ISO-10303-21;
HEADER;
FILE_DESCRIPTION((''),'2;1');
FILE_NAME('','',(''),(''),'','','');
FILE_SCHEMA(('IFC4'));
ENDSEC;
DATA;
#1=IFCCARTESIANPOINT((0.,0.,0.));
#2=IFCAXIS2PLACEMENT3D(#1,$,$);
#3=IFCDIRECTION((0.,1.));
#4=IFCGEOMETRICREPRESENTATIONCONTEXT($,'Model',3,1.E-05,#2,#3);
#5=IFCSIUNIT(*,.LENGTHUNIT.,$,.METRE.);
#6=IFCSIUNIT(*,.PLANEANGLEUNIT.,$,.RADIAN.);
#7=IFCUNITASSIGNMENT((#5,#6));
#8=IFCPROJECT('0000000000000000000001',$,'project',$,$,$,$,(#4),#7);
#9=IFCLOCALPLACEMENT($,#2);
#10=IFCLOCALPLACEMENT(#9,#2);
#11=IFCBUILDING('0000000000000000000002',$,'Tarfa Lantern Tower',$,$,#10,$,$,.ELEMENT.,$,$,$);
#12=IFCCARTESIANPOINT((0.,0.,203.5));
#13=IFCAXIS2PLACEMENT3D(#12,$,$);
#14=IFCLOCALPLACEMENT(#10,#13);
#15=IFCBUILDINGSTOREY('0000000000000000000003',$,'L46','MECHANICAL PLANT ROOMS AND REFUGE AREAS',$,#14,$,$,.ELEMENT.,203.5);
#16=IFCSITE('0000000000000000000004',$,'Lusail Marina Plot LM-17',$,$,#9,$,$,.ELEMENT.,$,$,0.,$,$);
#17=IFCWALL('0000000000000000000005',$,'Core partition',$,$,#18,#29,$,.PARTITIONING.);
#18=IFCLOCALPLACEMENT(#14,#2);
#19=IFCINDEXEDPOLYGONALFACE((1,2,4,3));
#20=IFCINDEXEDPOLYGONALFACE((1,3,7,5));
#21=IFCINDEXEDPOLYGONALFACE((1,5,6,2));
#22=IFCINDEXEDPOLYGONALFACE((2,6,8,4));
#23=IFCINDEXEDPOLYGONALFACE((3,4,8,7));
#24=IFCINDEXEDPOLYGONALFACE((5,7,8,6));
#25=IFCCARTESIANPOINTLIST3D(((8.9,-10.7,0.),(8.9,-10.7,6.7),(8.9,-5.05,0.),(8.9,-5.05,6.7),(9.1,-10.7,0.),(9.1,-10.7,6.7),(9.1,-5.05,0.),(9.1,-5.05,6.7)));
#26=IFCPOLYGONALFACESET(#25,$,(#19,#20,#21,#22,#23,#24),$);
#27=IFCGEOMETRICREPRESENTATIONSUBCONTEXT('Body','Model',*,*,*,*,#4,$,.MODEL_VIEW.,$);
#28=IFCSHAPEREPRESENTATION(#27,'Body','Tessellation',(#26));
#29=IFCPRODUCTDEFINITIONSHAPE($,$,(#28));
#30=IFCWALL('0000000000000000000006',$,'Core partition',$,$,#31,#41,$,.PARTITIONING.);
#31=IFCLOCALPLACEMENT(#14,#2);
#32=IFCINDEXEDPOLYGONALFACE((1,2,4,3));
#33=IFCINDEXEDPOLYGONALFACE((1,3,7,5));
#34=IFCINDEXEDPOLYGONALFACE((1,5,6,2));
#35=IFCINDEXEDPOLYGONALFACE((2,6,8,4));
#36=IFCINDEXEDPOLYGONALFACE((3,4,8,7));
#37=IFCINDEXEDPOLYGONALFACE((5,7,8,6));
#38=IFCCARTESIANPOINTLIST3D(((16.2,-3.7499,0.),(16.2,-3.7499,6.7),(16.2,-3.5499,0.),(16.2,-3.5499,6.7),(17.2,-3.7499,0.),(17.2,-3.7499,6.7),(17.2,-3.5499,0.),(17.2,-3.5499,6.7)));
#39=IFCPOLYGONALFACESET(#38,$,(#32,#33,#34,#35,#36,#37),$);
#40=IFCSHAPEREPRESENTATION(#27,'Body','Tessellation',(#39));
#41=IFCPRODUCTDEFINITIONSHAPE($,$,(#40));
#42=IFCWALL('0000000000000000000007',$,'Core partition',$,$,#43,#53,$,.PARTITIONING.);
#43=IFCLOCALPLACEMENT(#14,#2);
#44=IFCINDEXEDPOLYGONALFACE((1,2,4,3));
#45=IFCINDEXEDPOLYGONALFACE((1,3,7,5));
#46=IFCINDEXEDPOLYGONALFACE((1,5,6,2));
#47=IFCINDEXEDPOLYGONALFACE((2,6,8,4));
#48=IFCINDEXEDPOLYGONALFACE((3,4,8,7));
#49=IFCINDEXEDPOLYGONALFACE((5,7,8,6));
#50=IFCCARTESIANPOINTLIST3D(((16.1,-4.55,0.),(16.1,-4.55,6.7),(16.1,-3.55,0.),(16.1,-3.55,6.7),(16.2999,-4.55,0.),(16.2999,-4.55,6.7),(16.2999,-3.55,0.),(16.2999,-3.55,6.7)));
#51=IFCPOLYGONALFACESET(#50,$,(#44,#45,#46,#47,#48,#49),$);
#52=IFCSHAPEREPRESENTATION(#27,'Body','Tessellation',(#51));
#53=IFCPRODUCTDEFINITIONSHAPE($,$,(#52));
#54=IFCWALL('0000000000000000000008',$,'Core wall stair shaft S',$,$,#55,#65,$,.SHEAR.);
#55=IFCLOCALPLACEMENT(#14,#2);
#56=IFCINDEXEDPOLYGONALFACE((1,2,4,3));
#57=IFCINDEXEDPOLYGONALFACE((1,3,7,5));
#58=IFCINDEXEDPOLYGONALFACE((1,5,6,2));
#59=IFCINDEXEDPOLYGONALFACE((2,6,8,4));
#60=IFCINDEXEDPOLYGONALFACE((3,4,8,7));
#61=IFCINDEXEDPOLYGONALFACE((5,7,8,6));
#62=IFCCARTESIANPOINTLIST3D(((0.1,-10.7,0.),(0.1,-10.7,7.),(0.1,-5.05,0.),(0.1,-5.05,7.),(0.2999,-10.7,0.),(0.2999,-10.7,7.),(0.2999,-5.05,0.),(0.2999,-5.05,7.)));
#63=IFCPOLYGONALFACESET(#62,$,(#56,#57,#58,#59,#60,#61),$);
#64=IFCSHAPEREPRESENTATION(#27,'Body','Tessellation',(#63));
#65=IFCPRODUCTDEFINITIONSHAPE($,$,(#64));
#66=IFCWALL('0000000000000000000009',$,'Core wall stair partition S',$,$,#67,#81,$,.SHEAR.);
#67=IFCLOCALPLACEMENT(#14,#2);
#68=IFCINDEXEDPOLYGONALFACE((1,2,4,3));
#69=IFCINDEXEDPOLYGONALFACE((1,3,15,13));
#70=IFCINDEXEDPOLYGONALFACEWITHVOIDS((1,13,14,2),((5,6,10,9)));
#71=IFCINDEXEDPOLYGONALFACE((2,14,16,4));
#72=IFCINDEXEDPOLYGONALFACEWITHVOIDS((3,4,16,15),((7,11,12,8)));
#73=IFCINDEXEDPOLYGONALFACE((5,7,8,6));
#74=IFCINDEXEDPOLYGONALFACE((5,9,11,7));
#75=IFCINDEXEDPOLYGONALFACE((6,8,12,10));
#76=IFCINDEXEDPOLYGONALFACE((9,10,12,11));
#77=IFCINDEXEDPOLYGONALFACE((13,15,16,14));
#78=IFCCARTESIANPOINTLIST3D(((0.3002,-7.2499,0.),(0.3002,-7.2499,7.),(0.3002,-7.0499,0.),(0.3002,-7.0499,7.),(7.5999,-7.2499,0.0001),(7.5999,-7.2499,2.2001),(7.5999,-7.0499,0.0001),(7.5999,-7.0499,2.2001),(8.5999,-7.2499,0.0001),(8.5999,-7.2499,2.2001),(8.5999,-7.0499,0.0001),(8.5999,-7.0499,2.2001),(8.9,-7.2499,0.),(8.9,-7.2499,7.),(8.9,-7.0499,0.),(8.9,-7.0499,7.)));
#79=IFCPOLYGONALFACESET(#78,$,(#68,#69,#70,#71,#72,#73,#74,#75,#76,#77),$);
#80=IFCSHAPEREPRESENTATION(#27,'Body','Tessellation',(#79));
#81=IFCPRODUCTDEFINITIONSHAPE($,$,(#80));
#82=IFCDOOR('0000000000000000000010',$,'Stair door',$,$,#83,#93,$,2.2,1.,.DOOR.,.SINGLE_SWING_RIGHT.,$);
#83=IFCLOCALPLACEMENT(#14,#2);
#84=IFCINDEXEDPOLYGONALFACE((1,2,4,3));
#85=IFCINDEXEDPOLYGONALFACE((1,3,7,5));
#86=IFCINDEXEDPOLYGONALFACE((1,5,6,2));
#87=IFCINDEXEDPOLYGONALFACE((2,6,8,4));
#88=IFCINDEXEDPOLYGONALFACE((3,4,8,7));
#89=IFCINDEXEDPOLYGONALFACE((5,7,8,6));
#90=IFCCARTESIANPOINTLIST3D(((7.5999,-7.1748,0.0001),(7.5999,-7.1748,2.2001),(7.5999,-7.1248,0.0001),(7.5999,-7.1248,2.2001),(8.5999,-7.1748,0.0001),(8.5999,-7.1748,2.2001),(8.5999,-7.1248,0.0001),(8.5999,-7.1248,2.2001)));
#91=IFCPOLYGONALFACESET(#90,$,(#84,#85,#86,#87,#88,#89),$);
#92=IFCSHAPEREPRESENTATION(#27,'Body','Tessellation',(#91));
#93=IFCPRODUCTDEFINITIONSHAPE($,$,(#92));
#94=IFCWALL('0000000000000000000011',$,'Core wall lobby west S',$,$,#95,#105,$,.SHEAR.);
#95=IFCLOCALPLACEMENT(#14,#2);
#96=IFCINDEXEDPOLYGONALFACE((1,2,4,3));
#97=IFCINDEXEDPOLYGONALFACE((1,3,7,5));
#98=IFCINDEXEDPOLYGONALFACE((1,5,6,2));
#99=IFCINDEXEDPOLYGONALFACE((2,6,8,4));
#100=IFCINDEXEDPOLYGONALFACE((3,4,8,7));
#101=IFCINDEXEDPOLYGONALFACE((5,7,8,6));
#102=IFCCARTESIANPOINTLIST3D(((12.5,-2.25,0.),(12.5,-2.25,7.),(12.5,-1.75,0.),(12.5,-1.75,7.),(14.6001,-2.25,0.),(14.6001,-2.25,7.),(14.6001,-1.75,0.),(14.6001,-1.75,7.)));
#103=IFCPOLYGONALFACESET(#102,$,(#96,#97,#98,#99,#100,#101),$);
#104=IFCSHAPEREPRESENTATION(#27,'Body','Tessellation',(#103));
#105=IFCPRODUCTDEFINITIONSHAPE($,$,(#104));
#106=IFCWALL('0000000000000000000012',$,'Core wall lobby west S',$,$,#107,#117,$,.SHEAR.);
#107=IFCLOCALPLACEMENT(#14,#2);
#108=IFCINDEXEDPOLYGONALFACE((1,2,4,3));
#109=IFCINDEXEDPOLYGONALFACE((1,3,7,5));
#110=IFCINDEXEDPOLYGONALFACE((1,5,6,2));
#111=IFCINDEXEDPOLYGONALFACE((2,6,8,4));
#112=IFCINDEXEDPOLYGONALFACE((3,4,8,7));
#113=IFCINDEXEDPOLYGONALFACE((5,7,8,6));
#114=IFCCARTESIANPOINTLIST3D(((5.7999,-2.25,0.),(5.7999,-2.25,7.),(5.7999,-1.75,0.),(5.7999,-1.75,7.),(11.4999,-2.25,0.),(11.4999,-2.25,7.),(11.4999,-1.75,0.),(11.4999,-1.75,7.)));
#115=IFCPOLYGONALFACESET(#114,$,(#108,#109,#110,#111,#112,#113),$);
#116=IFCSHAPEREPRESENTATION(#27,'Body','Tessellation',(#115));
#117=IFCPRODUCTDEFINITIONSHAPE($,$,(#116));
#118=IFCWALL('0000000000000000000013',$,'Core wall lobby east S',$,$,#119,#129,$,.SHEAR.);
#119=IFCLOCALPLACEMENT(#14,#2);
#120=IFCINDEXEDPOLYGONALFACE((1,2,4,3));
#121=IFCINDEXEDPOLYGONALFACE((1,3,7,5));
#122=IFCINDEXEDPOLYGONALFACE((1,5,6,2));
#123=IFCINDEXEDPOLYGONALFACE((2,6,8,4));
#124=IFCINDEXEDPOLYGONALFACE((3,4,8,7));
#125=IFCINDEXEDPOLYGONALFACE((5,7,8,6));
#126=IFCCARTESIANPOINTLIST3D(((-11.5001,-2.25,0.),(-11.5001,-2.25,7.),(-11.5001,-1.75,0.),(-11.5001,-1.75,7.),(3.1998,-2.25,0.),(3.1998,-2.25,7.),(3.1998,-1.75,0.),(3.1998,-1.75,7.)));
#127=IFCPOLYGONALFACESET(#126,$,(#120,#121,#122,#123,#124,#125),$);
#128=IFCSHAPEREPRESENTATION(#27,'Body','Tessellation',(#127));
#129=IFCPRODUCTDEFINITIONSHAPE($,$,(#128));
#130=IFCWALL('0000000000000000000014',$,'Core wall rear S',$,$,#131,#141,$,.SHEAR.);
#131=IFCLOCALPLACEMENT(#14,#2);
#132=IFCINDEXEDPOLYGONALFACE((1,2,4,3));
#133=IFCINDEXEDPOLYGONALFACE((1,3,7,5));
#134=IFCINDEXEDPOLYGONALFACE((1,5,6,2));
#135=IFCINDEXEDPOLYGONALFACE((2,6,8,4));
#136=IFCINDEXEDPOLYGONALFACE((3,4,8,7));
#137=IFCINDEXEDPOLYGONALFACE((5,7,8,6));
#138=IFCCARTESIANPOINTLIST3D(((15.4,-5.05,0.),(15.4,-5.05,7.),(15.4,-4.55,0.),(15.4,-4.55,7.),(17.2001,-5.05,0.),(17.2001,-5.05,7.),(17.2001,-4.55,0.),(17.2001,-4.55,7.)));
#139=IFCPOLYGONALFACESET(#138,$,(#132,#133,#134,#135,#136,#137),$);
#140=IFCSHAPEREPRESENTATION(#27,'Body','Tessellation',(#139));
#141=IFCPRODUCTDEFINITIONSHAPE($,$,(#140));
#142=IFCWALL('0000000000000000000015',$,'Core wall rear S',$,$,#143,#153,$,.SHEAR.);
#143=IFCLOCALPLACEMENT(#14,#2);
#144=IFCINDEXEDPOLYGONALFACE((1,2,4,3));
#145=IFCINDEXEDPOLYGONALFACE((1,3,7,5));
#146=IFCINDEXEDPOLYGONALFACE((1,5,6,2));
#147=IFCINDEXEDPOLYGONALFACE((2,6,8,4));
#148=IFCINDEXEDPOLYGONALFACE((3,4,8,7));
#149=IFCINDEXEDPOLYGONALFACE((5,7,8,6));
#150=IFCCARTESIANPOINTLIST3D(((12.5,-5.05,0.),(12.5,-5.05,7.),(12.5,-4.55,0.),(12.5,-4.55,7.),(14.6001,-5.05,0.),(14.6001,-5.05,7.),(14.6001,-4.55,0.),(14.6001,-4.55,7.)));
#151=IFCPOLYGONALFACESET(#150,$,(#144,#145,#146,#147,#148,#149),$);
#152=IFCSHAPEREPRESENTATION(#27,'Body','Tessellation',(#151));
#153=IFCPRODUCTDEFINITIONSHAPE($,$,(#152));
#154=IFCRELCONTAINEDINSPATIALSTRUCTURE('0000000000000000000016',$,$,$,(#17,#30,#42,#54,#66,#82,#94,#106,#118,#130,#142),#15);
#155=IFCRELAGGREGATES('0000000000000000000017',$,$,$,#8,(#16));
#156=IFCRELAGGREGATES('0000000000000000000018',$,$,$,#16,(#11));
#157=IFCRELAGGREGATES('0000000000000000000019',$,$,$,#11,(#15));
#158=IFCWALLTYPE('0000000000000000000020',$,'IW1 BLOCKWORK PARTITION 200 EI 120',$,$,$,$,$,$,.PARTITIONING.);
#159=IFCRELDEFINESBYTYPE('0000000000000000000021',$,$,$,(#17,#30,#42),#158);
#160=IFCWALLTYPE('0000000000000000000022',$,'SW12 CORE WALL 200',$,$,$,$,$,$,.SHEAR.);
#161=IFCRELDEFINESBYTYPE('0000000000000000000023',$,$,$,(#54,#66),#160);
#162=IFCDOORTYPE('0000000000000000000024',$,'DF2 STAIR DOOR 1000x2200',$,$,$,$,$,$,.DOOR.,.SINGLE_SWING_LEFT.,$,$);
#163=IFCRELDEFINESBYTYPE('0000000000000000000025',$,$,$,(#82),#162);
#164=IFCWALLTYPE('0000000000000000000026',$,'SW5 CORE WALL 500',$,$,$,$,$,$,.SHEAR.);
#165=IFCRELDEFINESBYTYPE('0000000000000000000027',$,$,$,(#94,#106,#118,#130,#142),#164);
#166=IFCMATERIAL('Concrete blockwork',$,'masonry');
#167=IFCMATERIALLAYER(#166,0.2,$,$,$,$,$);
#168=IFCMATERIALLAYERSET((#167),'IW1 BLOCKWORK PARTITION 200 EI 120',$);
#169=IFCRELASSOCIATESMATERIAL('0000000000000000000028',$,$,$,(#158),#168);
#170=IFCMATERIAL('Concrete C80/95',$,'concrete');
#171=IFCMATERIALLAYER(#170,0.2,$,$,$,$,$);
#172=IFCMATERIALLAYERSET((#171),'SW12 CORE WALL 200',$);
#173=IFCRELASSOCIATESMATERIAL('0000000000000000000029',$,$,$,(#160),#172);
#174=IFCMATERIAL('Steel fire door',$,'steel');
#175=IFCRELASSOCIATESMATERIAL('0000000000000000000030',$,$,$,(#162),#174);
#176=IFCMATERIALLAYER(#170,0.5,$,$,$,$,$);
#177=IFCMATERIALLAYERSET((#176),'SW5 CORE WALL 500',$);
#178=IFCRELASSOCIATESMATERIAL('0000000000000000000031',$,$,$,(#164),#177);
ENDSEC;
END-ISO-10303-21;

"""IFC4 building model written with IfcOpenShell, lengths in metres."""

from ifc_helpers import new_model, si_unit, direction, frame, frame_2d, origin, place, context, subcontext, project, spatial, rectangle, extrude, material, layer, layer_set, type_object, element, fill, save


model = new_model("IFC4")

# Units and contexts
model_context = context("Model", 3, precision=1e-05, world=origin(), true_north=direction((0.0, 1.0)))
body_context = subcontext(model_context, "Body", "Model", "MODEL_VIEW")
ifc_project = project(units=[si_unit("LENGTHUNIT", "METRE"), si_unit("PLANEANGLEUNIT", "RADIAN")], contexts=[model_context])

# Site, building, storey
site_placement = place(None, origin())
site = spatial("IfcSite", under=ifc_project, at=site_placement, Name="Lusail Marina Plot LM-17", CompositionType="ELEMENT", RefElevation=0.0)
building_placement = place(site_placement, origin())
building = spatial("IfcBuilding", under=site, at=building_placement, Name="Tarfa Lantern Tower", CompositionType="ELEMENT")
storey_placement = place(building_placement, frame((0.0, 0.0, 203.5)))
storey = spatial("IfcBuildingStorey", under=building, at=storey_placement, Name="L46", Description="MECHANICAL PLANT ROOMS AND REFUGE AREAS", CompositionType="ELEMENT", Elevation=203.5)

# Walls
ifc_material_1 = material(Name="Concrete blockwork", Category="masonry")
ifc_layer_1 = layer(ifc_material_1, 0.2)
ifc_layer_set_1 = layer_set([ifc_layer_1], Name="IW1 BLOCKWORK PARTITION 200 EI 120")
wall_type_1 = type_object("IfcWallType", Name="IW1 BLOCKWORK PARTITION 200 EI 120", PredefinedType="PARTITIONING", material=ifc_layer_set_1)
wall_1_placement = place(storey_placement, frame((9.0, -5.05, 0.0), z_axis=(0.0, 0.0, 1.0), x_axis=(0.0, -1.0, 0.0)))
element("IfcWall", 1, at=wall_1_placement, inside=storey, type_object=wall_type_1, Name="Core partition", PredefinedType="PARTITIONING", context=body_context, shape_type="SweptSolid", body=[
    extrude(rectangle(XDim=5.6499, YDim=0.2, at=frame_2d((2.825, 0.0))), origin(), (0.0, 0.0, 1.0), 6.7),
])
for number, where, z_axis, x_axis, name in (
    (2, (17.2, -3.6499, 0.0), (0.0, 0.0, 1.0), (-1.0, 0.0, 0.0), "Core partition"),
    (3, (16.2, -3.55, 0.0), (0.0, 0.0, 1.0), (0.0, -1.0, 0.0), "Core partition"),
):
    element("IfcWall", number, at=place(storey_placement, frame(where, z_axis=z_axis, x_axis=x_axis)), inside=storey, type_object=wall_type_1, Name=name, PredefinedType="PARTITIONING", context=body_context, shape_type="SweptSolid", body=[
        extrude(rectangle(XDim=1.0, YDim=0.2, at=frame_2d((0.5, 0.0))), origin(), (0.0, 0.0, 1.0), 6.7),
    ])
ifc_material_2 = material(Name="Concrete C80/95", Category="concrete")
ifc_layer_2 = layer(ifc_material_2, 0.2)
ifc_layer_set_2 = layer_set([ifc_layer_2], Name="SW12 CORE WALL 200")
wall_type_2 = type_object("IfcWallType", Name="SW12 CORE WALL 200", PredefinedType="SHEAR", material=ifc_layer_set_2)
wall_2_placement = place(storey_placement, frame((0.2, -5.05, 0.0), z_axis=(0.0, 0.0, 1.0), x_axis=(0.0, -1.0, 0.0)))
element("IfcWall", 4, at=wall_2_placement, inside=storey, type_object=wall_type_2, Name="Core wall stair shaft S", PredefinedType="SHEAR", context=body_context, shape_type="SweptSolid", body=[
    extrude(rectangle(XDim=5.6499, YDim=0.2, at=frame_2d((2.825, 0.0))), origin(), (0.0, 0.0, 1.0), 7.0),
])

# Wall, opening, door
wall_3_placement = place(storey_placement, frame((8.8999, -7.1499, 0.0), z_axis=(0.0, 0.0, 1.0), x_axis=(-1.0, 0.0, 0.0)))
wall_3 = element("IfcWall", 5, at=wall_3_placement, inside=storey, type_object=wall_type_2, Name="Core wall stair partition S", PredefinedType="SHEAR", context=body_context, shape_type="SweptSolid", body=[
    extrude(rectangle(XDim=8.5999, YDim=0.2, at=frame_2d((4.2998, 0.0))), origin(), (0.0, 0.0, 1.0), 7.0),
])
opening_1_placement = place(wall_3_placement, frame((0.3, 0.0, 0.0)))
opening_1 = element("IfcOpeningElement", 6, at=opening_1_placement, cuts=wall_3, PredefinedType="OPENING", context=body_context, shape_type="SweptSolid", body=[
    extrude(rectangle(XDim=1.0, YDim=2.2, at=frame_2d((0.5, 1.1001))), frame((0.0, 0.1099, 0.0), z_axis=(0.0, -1.0, 0.0), x_axis=(1.0, 0.0, 0.0)), (0.0, 0.0, 1.0), 0.22),
])
ifc_material_3 = material(Name="Steel fire door", Category="steel")
door_type_1 = type_object("IfcDoorType", Name="DF2 STAIR DOOR 1000x2200", OperationType="SINGLE_SWING_LEFT", PredefinedType="DOOR", material=ifc_material_3)
door_1_placement = place(opening_1_placement, origin())
door_1 = element("IfcDoor", 7, at=door_1_placement, inside=storey, type_object=door_type_1, Name="Stair door", OperationType="SINGLE_SWING_RIGHT", OverallHeight=2.2, OverallWidth=1.0, PredefinedType="DOOR", context=body_context, shape_type="SweptSolid", body=[
    extrude(rectangle(XDim=1.0, YDim=2.2, at=frame_2d((0.5, 1.1001))), frame((0.0, 0.0249, 0.0), z_axis=(0.0, -1.0, 0.0), x_axis=(1.0, 0.0, 0.0)), (0.0, 0.0, 1.0), 0.05),
])
fill(opening_1, door_1)

# Walls
ifc_layer_3 = layer(ifc_material_2, 0.5)
ifc_layer_set_3 = layer_set([ifc_layer_3], Name="SW5 CORE WALL 500")
wall_type_3 = type_object("IfcWallType", Name="SW5 CORE WALL 500", PredefinedType="SHEAR", material=ifc_layer_set_3)
wall_4_placement = place(storey_placement, frame((14.6001, -2.0, 0.0), z_axis=(0.0, 0.0, 1.0), x_axis=(-1.0, 0.0, 0.0)))
element("IfcWall", 8, at=wall_4_placement, inside=storey, type_object=wall_type_3, Name="Core wall lobby west S", PredefinedType="SHEAR", context=body_context, shape_type="SweptSolid", body=[
    extrude(rectangle(XDim=2.1001, YDim=0.5, at=frame_2d((1.05, 0.0))), origin(), (0.0, 0.0, 1.0), 7.0),
])
wall_5_placement = place(storey_placement, frame((11.5, -2.0, 0.0), z_axis=(0.0, 0.0, 1.0), x_axis=(-1.0, 0.0, 0.0)))
element("IfcWall", 9, at=wall_5_placement, inside=storey, type_object=wall_type_3, Name="Core wall lobby west S", PredefinedType="SHEAR", context=body_context, shape_type="SweptSolid", body=[
    extrude(rectangle(XDim=5.7, YDim=0.5, at=frame_2d((2.8501, 0.0))), origin(), (0.0, 0.0, 1.0), 7.0),
])
wall_6_placement = place(storey_placement, frame((3.2, -2.0, 0.0), z_axis=(0.0, 0.0, 1.0), x_axis=(-1.0, 0.0, 0.0)))
element("IfcWall", 10, at=wall_6_placement, inside=storey, type_object=wall_type_3, Name="Core wall lobby east S", PredefinedType="SHEAR", context=body_context, shape_type="SweptSolid", body=[
    extrude(rectangle(XDim=14.7, YDim=0.5, at=frame_2d((7.3501, 0.0))), origin(), (0.0, 0.0, 1.0), 7.0),
])
wall_7_placement = place(storey_placement, frame((17.2, -4.8, 0.0), z_axis=(0.0, 0.0, 1.0), x_axis=(-1.0, 0.0, 0.0)))
element("IfcWall", 11, at=wall_7_placement, inside=storey, type_object=wall_type_3, Name="Core wall rear S", PredefinedType="SHEAR", context=body_context, shape_type="SweptSolid", body=[
    extrude(rectangle(XDim=1.8, YDim=0.5, at=frame_2d((0.8999, 0.0))), origin(), (0.0, 0.0, 1.0), 7.0),
])
wall_8_placement = place(storey_placement, frame((14.6001, -4.8, 0.0), z_axis=(0.0, 0.0, 1.0), x_axis=(-1.0, 0.0, 0.0)))
element("IfcWall", 12, at=wall_8_placement, inside=storey, type_object=wall_type_3, Name="Core wall rear S", PredefinedType="SHEAR", context=body_context, shape_type="SweptSolid", body=[
    extrude(rectangle(XDim=2.1001, YDim=0.5, at=frame_2d((1.05, 0.0))), origin(), (0.0, 0.0, 1.0), 7.0),
])

save(model, "model.ifc")
